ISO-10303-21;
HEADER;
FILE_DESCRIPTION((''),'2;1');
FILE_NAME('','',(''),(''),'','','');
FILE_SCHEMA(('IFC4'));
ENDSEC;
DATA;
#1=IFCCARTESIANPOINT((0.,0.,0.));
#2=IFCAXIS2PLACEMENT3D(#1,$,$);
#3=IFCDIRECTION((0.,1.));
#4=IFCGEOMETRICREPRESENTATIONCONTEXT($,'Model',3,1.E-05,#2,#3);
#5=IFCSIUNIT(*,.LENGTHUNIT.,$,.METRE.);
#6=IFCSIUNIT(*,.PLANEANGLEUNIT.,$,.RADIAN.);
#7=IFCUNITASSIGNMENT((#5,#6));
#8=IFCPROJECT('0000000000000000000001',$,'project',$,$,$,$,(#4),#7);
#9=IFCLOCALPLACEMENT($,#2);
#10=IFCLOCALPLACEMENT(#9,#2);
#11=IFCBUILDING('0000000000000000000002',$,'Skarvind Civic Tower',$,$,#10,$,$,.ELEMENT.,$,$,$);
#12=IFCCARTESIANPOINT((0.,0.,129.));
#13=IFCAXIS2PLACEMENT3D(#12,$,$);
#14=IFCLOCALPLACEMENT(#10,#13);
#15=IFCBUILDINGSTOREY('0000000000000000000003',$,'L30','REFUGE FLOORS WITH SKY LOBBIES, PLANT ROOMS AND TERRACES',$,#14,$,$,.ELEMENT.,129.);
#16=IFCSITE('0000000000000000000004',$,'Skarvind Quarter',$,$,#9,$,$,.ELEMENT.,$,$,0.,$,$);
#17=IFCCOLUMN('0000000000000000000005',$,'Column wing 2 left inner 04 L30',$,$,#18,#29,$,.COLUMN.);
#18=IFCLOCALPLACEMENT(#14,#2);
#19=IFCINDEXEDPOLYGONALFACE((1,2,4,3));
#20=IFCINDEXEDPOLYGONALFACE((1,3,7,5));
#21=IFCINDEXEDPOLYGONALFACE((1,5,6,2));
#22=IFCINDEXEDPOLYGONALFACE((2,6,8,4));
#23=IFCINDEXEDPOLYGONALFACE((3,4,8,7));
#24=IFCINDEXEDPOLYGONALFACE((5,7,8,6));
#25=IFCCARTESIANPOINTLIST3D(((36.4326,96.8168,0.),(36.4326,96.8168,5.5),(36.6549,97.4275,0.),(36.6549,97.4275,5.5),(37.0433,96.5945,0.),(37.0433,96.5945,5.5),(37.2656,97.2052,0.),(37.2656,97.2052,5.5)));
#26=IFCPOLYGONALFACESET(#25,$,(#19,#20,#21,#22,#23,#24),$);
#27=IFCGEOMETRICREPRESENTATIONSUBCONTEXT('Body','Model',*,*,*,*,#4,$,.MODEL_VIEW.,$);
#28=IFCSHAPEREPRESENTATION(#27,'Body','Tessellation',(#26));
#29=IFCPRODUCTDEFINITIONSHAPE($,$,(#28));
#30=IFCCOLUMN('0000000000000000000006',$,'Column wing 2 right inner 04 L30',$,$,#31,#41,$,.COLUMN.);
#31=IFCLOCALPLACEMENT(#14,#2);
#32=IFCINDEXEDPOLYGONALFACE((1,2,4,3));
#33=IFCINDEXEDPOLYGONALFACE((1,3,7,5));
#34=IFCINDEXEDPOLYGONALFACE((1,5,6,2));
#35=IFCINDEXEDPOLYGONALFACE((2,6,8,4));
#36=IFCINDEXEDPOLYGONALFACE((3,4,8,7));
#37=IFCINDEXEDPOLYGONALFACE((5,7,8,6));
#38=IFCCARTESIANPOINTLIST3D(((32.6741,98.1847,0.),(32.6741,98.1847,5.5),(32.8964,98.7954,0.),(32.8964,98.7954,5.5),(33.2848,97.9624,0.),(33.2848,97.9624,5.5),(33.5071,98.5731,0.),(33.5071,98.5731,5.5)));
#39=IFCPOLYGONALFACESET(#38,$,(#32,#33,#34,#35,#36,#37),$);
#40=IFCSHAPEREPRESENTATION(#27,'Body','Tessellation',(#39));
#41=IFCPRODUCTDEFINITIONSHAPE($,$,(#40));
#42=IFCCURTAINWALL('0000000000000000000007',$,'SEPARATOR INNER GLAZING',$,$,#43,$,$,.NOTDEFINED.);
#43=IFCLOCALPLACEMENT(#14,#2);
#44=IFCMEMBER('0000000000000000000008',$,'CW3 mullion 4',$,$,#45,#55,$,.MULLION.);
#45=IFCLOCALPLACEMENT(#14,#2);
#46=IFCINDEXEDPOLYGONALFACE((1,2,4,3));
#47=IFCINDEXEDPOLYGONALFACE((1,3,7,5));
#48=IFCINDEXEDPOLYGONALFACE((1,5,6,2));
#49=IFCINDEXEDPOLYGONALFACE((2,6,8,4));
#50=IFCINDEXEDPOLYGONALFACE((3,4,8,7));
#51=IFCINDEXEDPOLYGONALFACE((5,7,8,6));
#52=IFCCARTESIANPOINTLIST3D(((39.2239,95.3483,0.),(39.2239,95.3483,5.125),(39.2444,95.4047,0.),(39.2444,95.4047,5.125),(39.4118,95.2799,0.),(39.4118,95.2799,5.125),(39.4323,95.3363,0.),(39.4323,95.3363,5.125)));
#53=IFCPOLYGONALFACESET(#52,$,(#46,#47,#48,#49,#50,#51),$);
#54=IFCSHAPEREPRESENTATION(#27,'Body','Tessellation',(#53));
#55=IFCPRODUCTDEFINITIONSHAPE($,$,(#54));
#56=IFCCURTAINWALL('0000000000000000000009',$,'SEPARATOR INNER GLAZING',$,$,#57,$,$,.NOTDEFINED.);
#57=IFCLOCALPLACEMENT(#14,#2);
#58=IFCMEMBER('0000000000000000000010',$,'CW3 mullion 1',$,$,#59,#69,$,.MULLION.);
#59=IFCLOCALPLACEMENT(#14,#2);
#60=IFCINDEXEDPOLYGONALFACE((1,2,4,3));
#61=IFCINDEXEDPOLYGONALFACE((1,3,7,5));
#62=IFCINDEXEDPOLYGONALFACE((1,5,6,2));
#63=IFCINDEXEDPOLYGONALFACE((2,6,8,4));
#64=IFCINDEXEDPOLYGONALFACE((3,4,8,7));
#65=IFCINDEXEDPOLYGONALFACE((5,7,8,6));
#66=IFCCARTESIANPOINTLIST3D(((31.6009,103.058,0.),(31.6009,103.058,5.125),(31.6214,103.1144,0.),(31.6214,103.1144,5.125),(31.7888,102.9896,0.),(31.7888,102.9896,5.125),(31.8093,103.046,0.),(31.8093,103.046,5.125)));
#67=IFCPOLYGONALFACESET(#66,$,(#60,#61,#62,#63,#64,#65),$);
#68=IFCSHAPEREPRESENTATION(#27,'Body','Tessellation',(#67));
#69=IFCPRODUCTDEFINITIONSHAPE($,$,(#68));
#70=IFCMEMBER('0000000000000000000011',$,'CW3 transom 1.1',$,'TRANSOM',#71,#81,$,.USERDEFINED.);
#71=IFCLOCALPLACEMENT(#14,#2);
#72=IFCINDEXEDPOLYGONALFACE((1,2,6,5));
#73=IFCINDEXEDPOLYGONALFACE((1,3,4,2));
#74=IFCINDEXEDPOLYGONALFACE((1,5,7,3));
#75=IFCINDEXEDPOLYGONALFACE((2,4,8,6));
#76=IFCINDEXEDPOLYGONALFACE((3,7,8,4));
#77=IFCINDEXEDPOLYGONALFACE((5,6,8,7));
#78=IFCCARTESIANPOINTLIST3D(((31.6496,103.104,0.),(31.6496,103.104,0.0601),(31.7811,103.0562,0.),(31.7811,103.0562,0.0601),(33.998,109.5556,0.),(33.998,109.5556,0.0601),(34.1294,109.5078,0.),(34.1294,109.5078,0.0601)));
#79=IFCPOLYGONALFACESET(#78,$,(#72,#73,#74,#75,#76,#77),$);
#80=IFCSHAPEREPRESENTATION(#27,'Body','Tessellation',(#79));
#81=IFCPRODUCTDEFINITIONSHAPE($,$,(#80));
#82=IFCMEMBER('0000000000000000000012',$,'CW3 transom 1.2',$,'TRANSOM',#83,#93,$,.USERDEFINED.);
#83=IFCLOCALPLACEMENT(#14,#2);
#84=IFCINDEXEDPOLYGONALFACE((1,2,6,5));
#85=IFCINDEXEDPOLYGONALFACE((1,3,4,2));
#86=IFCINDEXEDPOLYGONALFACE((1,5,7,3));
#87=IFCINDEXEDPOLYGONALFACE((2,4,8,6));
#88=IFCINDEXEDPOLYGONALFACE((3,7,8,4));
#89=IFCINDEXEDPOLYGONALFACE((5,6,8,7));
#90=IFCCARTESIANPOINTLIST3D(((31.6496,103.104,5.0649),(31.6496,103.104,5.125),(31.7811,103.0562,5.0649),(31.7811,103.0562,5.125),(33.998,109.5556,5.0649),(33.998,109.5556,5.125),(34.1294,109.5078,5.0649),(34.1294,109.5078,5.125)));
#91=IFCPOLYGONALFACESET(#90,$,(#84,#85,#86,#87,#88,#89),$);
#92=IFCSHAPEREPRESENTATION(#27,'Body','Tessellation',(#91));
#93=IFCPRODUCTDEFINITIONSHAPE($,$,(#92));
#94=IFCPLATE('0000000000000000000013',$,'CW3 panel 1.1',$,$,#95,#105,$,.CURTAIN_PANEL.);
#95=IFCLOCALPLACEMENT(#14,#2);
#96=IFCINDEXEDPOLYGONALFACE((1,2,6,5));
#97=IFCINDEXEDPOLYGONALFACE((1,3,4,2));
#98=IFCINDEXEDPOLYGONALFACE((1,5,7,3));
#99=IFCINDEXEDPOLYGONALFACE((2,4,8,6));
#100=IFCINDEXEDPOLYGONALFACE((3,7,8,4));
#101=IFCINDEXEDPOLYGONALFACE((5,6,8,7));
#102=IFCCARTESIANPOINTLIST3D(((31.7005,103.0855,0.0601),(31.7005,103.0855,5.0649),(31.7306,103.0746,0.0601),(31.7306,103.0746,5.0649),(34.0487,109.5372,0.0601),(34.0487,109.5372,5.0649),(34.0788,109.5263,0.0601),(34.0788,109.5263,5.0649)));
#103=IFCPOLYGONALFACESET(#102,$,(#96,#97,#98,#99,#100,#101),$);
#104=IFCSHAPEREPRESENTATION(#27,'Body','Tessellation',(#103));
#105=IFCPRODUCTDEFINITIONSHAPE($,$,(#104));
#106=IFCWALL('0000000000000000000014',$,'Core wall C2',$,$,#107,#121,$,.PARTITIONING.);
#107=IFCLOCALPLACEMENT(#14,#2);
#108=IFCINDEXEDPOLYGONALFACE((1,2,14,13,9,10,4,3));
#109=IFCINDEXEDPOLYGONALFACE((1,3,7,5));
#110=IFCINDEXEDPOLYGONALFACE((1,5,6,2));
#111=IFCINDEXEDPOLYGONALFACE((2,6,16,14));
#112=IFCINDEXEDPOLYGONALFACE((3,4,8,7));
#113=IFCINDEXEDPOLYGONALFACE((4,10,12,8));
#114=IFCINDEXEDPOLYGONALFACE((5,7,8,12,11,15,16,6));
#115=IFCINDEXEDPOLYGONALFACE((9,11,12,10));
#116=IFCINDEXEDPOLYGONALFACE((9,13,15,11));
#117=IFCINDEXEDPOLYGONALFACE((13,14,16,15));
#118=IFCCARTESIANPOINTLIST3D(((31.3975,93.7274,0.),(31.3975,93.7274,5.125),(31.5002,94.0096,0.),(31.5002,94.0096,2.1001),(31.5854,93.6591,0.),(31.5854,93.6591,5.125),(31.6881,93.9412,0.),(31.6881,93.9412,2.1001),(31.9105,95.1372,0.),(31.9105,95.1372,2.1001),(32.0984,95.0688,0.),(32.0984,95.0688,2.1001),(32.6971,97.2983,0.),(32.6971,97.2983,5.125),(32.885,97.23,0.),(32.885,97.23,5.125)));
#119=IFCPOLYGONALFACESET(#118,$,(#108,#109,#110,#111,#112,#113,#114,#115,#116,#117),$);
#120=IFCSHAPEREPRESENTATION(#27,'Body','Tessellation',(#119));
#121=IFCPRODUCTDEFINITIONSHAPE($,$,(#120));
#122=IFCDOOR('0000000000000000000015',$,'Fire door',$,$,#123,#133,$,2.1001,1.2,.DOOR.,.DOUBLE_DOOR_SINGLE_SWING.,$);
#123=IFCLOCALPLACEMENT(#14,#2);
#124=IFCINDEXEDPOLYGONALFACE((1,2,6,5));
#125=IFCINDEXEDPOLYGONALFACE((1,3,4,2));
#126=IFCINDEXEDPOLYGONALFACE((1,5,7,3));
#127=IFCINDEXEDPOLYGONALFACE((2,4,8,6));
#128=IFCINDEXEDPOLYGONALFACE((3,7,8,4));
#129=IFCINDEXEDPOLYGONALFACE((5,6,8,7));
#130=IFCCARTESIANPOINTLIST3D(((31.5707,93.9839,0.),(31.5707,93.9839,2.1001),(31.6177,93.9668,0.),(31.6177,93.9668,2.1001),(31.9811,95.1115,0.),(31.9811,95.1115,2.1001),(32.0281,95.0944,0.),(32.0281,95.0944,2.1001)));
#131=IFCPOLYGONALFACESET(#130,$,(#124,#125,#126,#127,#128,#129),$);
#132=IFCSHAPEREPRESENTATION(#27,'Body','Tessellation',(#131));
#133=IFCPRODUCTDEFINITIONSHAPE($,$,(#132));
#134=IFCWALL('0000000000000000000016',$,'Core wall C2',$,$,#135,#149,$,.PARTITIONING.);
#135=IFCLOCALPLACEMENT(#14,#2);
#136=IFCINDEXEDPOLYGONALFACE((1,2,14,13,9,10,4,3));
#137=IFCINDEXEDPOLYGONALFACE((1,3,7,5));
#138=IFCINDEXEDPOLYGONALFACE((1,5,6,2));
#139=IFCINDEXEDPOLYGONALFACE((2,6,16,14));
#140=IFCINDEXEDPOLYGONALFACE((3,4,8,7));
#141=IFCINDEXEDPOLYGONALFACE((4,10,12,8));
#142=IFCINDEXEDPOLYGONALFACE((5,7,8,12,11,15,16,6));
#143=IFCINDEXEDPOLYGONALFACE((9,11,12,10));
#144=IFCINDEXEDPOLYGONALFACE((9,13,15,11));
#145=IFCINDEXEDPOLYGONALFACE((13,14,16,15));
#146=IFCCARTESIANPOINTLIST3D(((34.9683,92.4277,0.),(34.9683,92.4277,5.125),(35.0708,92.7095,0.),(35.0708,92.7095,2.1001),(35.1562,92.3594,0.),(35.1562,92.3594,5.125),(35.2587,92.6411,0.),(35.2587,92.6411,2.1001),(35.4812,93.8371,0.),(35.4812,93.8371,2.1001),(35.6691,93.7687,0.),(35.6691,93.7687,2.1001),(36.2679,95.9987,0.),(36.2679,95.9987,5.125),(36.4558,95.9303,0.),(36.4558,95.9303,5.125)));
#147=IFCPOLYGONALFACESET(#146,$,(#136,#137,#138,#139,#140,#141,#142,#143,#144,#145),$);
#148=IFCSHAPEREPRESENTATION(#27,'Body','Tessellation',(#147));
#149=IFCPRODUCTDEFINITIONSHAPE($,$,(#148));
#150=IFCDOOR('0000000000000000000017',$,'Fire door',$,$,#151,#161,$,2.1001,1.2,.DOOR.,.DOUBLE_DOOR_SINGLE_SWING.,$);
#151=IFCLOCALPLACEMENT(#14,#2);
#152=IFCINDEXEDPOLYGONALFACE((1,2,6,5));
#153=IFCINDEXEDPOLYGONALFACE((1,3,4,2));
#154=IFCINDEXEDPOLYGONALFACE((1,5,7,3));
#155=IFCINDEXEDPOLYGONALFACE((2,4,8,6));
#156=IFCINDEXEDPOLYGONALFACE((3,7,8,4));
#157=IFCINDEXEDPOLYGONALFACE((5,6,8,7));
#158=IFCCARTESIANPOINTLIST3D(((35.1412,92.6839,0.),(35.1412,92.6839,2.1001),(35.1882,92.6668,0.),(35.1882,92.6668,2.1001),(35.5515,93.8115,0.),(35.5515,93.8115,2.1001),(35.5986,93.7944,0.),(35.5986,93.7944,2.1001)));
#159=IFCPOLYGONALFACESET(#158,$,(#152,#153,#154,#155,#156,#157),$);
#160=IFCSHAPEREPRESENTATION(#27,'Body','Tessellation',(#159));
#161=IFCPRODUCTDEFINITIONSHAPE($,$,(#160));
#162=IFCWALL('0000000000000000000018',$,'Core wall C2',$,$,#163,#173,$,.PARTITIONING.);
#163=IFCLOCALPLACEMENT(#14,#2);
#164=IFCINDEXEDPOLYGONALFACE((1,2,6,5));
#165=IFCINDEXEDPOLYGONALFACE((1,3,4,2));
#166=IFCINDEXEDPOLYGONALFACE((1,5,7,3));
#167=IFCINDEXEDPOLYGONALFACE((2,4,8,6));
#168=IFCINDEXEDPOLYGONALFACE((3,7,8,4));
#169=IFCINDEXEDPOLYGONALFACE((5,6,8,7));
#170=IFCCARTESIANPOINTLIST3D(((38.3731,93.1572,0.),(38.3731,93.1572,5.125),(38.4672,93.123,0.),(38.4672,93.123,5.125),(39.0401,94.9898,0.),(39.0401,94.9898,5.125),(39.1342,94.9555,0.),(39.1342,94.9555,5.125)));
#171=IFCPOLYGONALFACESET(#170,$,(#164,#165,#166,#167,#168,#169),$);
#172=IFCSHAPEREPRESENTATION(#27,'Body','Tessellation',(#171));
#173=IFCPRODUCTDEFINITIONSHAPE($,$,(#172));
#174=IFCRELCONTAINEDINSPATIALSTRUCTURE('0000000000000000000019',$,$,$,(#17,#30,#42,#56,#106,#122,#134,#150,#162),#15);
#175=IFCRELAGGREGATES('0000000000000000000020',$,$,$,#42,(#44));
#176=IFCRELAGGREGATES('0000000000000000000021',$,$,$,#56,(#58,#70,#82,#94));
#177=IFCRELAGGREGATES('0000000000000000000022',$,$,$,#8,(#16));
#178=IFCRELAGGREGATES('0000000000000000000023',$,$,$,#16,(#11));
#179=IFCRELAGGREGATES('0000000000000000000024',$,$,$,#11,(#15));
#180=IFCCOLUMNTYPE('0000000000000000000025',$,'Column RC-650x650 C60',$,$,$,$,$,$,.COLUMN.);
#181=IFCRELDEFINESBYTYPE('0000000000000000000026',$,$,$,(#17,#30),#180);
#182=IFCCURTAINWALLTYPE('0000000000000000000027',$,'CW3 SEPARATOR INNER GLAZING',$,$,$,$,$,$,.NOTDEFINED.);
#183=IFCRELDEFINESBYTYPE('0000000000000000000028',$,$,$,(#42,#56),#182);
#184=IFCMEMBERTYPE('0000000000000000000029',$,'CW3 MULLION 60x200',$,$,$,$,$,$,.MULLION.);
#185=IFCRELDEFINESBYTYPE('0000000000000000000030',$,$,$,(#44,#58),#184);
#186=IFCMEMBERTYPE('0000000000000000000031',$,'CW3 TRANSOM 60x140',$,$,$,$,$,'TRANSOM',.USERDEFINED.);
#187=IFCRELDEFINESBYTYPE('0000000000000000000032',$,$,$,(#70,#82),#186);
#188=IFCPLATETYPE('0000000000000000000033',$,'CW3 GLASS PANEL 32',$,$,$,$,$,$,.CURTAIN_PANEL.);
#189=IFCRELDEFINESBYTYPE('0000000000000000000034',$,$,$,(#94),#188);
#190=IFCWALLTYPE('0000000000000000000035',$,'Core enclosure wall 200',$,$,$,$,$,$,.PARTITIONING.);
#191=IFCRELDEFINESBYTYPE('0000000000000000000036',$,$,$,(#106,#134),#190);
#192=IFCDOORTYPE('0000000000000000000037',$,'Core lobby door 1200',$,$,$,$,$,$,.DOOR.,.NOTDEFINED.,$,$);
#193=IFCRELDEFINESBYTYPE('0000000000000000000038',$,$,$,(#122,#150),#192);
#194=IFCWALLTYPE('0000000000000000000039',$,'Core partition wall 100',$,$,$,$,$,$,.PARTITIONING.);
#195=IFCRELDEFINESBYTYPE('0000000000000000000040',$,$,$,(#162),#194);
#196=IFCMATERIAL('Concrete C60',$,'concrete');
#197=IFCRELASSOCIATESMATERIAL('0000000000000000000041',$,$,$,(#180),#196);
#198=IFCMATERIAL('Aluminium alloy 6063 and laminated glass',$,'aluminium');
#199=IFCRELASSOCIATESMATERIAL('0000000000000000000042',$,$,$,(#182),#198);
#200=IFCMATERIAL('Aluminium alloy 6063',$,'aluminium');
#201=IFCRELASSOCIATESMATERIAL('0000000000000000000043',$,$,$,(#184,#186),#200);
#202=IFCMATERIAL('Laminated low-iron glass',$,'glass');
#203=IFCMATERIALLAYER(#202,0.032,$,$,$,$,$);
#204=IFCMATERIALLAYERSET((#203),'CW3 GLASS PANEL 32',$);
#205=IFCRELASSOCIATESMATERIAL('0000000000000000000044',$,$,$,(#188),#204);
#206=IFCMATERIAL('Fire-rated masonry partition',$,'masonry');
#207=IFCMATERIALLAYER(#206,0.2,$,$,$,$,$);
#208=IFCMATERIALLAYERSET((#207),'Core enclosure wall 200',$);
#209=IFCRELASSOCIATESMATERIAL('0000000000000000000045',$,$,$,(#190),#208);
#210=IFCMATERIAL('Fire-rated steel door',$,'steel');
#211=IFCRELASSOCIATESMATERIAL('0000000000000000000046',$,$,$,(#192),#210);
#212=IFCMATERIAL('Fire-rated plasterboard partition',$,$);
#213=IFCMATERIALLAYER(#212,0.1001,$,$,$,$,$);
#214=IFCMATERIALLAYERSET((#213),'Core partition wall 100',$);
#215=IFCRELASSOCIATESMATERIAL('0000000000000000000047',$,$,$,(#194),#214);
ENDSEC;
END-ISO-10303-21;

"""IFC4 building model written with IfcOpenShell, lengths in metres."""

from ifc_helpers import new_model, si_unit, direction, frame, frame_2d, origin, origin_2d, place, context, subcontext, project, spatial, rectangle, extrude, material, layer, layer_set, material_profile, profile_set, type_object, element, fill, aggregate, save


model = new_model("IFC4")

# Units and contexts
model_context = context("Model", 3, precision=1e-05, world=origin(), true_north=direction((0.0, 1.0)))
body_context = subcontext(model_context, "Body", "Model", "MODEL_VIEW")
ifc_project = project(units=[si_unit("LENGTHUNIT", "METRE"), si_unit("PLANEANGLEUNIT", "RADIAN")], contexts=[model_context])

# Site, building, storey
site_placement = place(None, origin())
site = spatial("IfcSite", under=ifc_project, at=site_placement, Name="Skarvind Quarter", CompositionType="ELEMENT", RefElevation=0.0)
building_placement = place(site_placement, origin())
building = spatial("IfcBuilding", under=site, at=building_placement, Name="Skarvind Civic Tower", CompositionType="ELEMENT")
storey_placement = place(building_placement, frame((0.0, 0.0, 129.0)))
storey = spatial("IfcBuildingStorey", under=building, at=storey_placement, Name="L30", Description="REFUGE FLOORS WITH SKY LOBBIES, PLANT ROOMS AND TERRACES", CompositionType="ELEMENT", Elevation=129.0)

# Columns
ifc_material_1 = material(Name="Concrete C60", Category="concrete")
ifc_material_profile_1 = material_profile(ifc_material_1, rectangle(XDim=0.6499, YDim=0.6499, at=origin_2d()), Name="RC-650x650")
ifc_profile_set_1 = profile_set([ifc_material_profile_1], Name="Concrete C60")
column_type = type_object("IfcColumnType", Name="Column RC-650x650 C60", PredefinedType="COLUMN", material=ifc_profile_set_1)
for number, where, z_axis, x_axis, name in (
    (1, (36.8491, 97.011, 0.0), (0.0, 0.0, 1.0), (-0.34202, -0.939693, 0.0), "Column wing 2 left inner 04 L30"),
    (2, (33.0906, 98.3789, 0.0), (0.0, 0.0, 1.0), (-0.34202, -0.939693, 0.0), "Column wing 2 right inner 04 L30"),
):
    element("IfcColumn", number, at=place(storey_placement, frame(where, z_axis=z_axis, x_axis=x_axis)), inside=storey, type_object=column_type, Name=name, PredefinedType="COLUMN", context=body_context, shape_type="SweptSolid", body=[
        extrude(rectangle(XDim=0.6499, YDim=0.6499, at=origin_2d()), origin(), (0.0, 0.0, 1.0), 5.5),
    ])

# Curtain wall, member
ifc_material_2 = material(Name="Aluminium alloy 6063 and laminated glass", Category="aluminium")
curtain_wall_type = type_object("IfcCurtainWallType", Name="CW3 SEPARATOR INNER GLAZING", PredefinedType="NOTDEFINED", material=ifc_material_2)
curtain_wall_1_placement = place(storey_placement, origin())
curtain_wall_1 = element("IfcCurtainWall", 3, at=curtain_wall_1_placement, inside=storey, type_object=curtain_wall_type, Name="SEPARATOR INNER GLAZING", PredefinedType="NOTDEFINED")
ifc_material_3 = material(Name="Aluminium alloy 6063", Category="aluminium")
ifc_material_profile_2 = material_profile(ifc_material_3, rectangle(XDim=0.2, YDim=0.0601, at=origin_2d()), Name="AL 60x200")
ifc_profile_set_2 = profile_set([ifc_material_profile_2], Name="Aluminium alloy 6063")
member_type_1 = type_object("IfcMemberType", Name="CW3 MULLION 60x200", PredefinedType="MULLION", material=ifc_profile_set_2)
member_1_placement = place(storey_placement, frame((39.3281, 95.3423, 0.0), z_axis=(0.0, 0.0, 1.0), x_axis=(0.939693, -0.342018, 0.0)))
member_1 = element("IfcMember", 4, at=member_1_placement, type_object=member_type_1, Name="CW3 mullion 4", PredefinedType="MULLION", context=body_context, shape_type="SweptSolid", body=[
    extrude(rectangle(XDim=0.2, YDim=0.0601, at=origin_2d()), origin(), (0.0, 0.0, 1.0), 5.125),
])
aggregate(curtain_wall_1, [member_1])

# Curtain wall, members, plate
curtain_wall_2_placement = place(storey_placement, origin())
curtain_wall_2 = element("IfcCurtainWall", 5, at=curtain_wall_2_placement, inside=storey, type_object=curtain_wall_type, Name="SEPARATOR INNER GLAZING", PredefinedType="NOTDEFINED")
member_2_placement = place(storey_placement, frame((31.7051, 103.052, 0.0), z_axis=(0.0, 0.0, 1.0), x_axis=(-0.939692, 0.342022, 0.0)))
member_2 = element("IfcMember", 6, at=member_2_placement, type_object=member_type_1, Name="CW3 mullion 1", PredefinedType="MULLION", context=body_context, shape_type="SweptSolid", body=[
    extrude(rectangle(XDim=0.2, YDim=0.0601, at=origin_2d()), origin(), (0.0, 0.0, 1.0), 5.125),
])
ifc_material_profile_3 = material_profile(ifc_material_3, rectangle(XDim=0.1399, YDim=0.0601, at=origin_2d()), Name="AL 60x140")
ifc_profile_set_3 = profile_set([ifc_material_profile_3], Name="Aluminium alloy 6063")
member_type_2 = type_object("IfcMemberType", Name="CW3 TRANSOM 60x140", ElementType="TRANSOM", PredefinedType="USERDEFINED", material=ifc_profile_set_3)
member_3_placement = place(storey_placement, frame((31.7153, 103.0801, 0.03), z_axis=(0.342043, 0.939684, 0.0), x_axis=(-0.939684, 0.342043, 0.0)))
member_3 = element("IfcMember", 7, at=member_3_placement, type_object=member_type_2, Name="CW3 transom 1.1", ObjectType="TRANSOM", PredefinedType="USERDEFINED", context=body_context, shape_type="SweptSolid", body=[
    extrude(rectangle(XDim=0.1399, YDim=0.0601, at=origin_2d()), origin(), (0.0, 0.0, 1.0), 6.8657),
])
member_4_placement = place(storey_placement, frame((31.7153, 103.0801, 5.095), z_axis=(0.342043, 0.939684, 0.0), x_axis=(-0.939684, 0.342043, 0.0)))
member_4 = element("IfcMember", 8, at=member_4_placement, type_object=member_type_2, Name="CW3 transom 1.2", ObjectType="TRANSOM", PredefinedType="USERDEFINED", context=body_context, shape_type="SweptSolid", body=[
    extrude(rectangle(XDim=0.1399, YDim=0.0601, at=origin_2d()), origin(), (0.0, 0.0, 1.0), 6.8657),
])
ifc_material_4 = material(Name="Laminated low-iron glass", Category="glass")
ifc_layer_1 = layer(ifc_material_4, 0.032)
ifc_layer_set_1 = layer_set([ifc_layer_1], Name="CW3 GLASS PANEL 32")
plate_type = type_object("IfcPlateType", Name="CW3 GLASS PANEL 32", PredefinedType="CURTAIN_PANEL", material=ifc_layer_set_1)
plate_placement = place(storey_placement, frame((32.8896, 106.3059, 0.0601), z_axis=(0.0, 0.0, 1.0), x_axis=(0.342022, 0.939692, 0.0)))
plate = element("IfcPlate", 9, at=plate_placement, type_object=plate_type, Name="CW3 panel 1.1", PredefinedType="CURTAIN_PANEL", context=body_context, shape_type="SweptSolid", body=[
    extrude(rectangle(XDim=6.8657, YDim=0.032, at=origin_2d()), origin(), (0.0, 0.0, 1.0), 5.0049),
])
aggregate(curtain_wall_2, [member_2, member_3, member_4, plate])

# Walls, openings, doors
ifc_material_5 = material(Name="Fire-rated masonry partition", Category="masonry")
ifc_layer_2 = layer(ifc_material_5, 0.2)
ifc_layer_set_2 = layer_set([ifc_layer_2], Name="Core enclosure wall 200")
wall_type_1 = type_object("IfcWallType", Name="Core enclosure wall 200", PredefinedType="PARTITIONING", material=ifc_layer_set_2)
wall_1_placement = place(storey_placement, frame((31.4915, 93.6934, 0.0), z_axis=(0.0, 0.0, 1.0), x_axis=(0.341996, 0.939701, 0.0)))
wall_1 = element("IfcWall", 10, at=wall_1_placement, inside=storey, type_object=wall_type_1, Name="Core wall C2", PredefinedType="PARTITIONING", context=body_context, shape_type="SweptSolid", body=[
    extrude(rectangle(XDim=3.8, YDim=0.2, at=frame_2d((1.8999, 0.0))), origin(), (0.0, 0.0, 1.0), 5.125),
])
opening_1_placement = place(wall_1_placement, frame((0.3, 0.0, 0.0)))
opening_1 = element("IfcOpeningElement", 11, at=opening_1_placement, cuts=wall_1, PredefinedType="OPENING", context=body_context, shape_type="SweptSolid", body=[
    extrude(rectangle(XDim=1.2, YDim=2.1001, at=frame_2d((0.6001, 1.05))), frame((0.0, 0.1099, 0.0), z_axis=(0.0, -1.0, 0.0), x_axis=(1.0, 0.0, 0.0)), (0.0, 0.0, 1.0), 0.22),
])
ifc_material_6 = material(Name="Fire-rated steel door", Category="steel")
door_type_1 = type_object("IfcDoorType", Name="Core lobby door 1200", OperationType="NOTDEFINED", PredefinedType="DOOR", material=ifc_material_6)
door_1_placement = place(opening_1_placement, origin())
door_1 = element("IfcDoor", 12, at=door_1_placement, inside=storey, type_object=door_type_1, Name="Fire door", OperationType="DOUBLE_DOOR_SINGLE_SWING", OverallHeight=2.1001, OverallWidth=1.2, PredefinedType="DOOR", context=body_context, shape_type="SweptSolid", body=[
    extrude(rectangle(XDim=1.2, YDim=2.1001, at=frame_2d((0.6001, 1.05))), frame((0.0, 0.0249, 0.0), z_axis=(0.0, -1.0, 0.0), x_axis=(1.0, 0.0, 0.0)), (0.0, 0.0, 1.0), 0.05),
])
fill(opening_1, door_1)
wall_2_placement = place(storey_placement, frame((36.3618, 95.9644, 0.0), z_axis=(0.0, 0.0, 1.0), x_axis=(-0.341996, -0.939701, 0.0)))
wall_2 = element("IfcWall", 13, at=wall_2_placement, inside=storey, type_object=wall_type_1, Name="Core wall C2", PredefinedType="PARTITIONING", context=body_context, shape_type="SweptSolid", body=[
    extrude(rectangle(XDim=3.8, YDim=0.2, at=frame_2d((1.8999, 0.0))), origin(), (0.0, 0.0, 1.0), 5.125),
])
opening_2_placement = place(wall_2_placement, frame((2.3, 0.0, 0.0)))
opening_2 = element("IfcOpeningElement", 14, at=opening_2_placement, cuts=wall_2, PredefinedType="OPENING", context=body_context, shape_type="SweptSolid", body=[
    extrude(rectangle(XDim=1.2, YDim=2.1001, at=frame_2d((0.6001, 1.05))), frame((0.0, 0.1099, 0.0), z_axis=(0.0, -1.0, 0.0), x_axis=(1.0, 0.0, 0.0)), (0.0, 0.0, 1.0), 0.22),
])
door_2_placement = place(opening_2_placement, origin())
door_2 = element("IfcDoor", 15, at=door_2_placement, inside=storey, type_object=door_type_1, Name="Fire door", OperationType="DOUBLE_DOOR_SINGLE_SWING", OverallHeight=2.1001, OverallWidth=1.2, PredefinedType="DOOR", context=body_context, shape_type="SweptSolid", body=[
    extrude(rectangle(XDim=1.2, YDim=2.1001, at=frame_2d((0.6001, 1.05))), frame((0.0, 0.0249, 0.0), z_axis=(0.0, -1.0, 0.0), x_axis=(1.0, 0.0, 0.0)), (0.0, 0.0, 1.0), 0.05),
])
fill(opening_2, door_2)

# Wall
ifc_material_7 = material(Name="Fire-rated plasterboard partition")
ifc_layer_3 = layer(ifc_material_7, 0.1001)
ifc_layer_set_3 = layer_set([ifc_layer_3], Name="Core partition wall 100")
wall_type_2 = type_object("IfcWallType", Name="Core partition wall 100", PredefinedType="PARTITIONING", material=ifc_layer_set_3)
wall_3_placement = place(storey_placement, frame((39.0872, 94.9727, 0.0), z_axis=(0.0, 0.0, 1.0), x_axis=(-0.342025, -0.939691, 0.0)))
element("IfcWall", 16, at=wall_3_placement, inside=storey, type_object=wall_type_2, Name="Core wall C2", PredefinedType="PARTITIONING", context=body_context, shape_type="SweptSolid", body=[
    extrude(rectangle(XDim=1.9502, YDim=0.1001, at=frame_2d((0.9751, 0.0))), origin(), (0.0, 0.0, 1.0), 5.125),
])

save(model, "model.ifc")
